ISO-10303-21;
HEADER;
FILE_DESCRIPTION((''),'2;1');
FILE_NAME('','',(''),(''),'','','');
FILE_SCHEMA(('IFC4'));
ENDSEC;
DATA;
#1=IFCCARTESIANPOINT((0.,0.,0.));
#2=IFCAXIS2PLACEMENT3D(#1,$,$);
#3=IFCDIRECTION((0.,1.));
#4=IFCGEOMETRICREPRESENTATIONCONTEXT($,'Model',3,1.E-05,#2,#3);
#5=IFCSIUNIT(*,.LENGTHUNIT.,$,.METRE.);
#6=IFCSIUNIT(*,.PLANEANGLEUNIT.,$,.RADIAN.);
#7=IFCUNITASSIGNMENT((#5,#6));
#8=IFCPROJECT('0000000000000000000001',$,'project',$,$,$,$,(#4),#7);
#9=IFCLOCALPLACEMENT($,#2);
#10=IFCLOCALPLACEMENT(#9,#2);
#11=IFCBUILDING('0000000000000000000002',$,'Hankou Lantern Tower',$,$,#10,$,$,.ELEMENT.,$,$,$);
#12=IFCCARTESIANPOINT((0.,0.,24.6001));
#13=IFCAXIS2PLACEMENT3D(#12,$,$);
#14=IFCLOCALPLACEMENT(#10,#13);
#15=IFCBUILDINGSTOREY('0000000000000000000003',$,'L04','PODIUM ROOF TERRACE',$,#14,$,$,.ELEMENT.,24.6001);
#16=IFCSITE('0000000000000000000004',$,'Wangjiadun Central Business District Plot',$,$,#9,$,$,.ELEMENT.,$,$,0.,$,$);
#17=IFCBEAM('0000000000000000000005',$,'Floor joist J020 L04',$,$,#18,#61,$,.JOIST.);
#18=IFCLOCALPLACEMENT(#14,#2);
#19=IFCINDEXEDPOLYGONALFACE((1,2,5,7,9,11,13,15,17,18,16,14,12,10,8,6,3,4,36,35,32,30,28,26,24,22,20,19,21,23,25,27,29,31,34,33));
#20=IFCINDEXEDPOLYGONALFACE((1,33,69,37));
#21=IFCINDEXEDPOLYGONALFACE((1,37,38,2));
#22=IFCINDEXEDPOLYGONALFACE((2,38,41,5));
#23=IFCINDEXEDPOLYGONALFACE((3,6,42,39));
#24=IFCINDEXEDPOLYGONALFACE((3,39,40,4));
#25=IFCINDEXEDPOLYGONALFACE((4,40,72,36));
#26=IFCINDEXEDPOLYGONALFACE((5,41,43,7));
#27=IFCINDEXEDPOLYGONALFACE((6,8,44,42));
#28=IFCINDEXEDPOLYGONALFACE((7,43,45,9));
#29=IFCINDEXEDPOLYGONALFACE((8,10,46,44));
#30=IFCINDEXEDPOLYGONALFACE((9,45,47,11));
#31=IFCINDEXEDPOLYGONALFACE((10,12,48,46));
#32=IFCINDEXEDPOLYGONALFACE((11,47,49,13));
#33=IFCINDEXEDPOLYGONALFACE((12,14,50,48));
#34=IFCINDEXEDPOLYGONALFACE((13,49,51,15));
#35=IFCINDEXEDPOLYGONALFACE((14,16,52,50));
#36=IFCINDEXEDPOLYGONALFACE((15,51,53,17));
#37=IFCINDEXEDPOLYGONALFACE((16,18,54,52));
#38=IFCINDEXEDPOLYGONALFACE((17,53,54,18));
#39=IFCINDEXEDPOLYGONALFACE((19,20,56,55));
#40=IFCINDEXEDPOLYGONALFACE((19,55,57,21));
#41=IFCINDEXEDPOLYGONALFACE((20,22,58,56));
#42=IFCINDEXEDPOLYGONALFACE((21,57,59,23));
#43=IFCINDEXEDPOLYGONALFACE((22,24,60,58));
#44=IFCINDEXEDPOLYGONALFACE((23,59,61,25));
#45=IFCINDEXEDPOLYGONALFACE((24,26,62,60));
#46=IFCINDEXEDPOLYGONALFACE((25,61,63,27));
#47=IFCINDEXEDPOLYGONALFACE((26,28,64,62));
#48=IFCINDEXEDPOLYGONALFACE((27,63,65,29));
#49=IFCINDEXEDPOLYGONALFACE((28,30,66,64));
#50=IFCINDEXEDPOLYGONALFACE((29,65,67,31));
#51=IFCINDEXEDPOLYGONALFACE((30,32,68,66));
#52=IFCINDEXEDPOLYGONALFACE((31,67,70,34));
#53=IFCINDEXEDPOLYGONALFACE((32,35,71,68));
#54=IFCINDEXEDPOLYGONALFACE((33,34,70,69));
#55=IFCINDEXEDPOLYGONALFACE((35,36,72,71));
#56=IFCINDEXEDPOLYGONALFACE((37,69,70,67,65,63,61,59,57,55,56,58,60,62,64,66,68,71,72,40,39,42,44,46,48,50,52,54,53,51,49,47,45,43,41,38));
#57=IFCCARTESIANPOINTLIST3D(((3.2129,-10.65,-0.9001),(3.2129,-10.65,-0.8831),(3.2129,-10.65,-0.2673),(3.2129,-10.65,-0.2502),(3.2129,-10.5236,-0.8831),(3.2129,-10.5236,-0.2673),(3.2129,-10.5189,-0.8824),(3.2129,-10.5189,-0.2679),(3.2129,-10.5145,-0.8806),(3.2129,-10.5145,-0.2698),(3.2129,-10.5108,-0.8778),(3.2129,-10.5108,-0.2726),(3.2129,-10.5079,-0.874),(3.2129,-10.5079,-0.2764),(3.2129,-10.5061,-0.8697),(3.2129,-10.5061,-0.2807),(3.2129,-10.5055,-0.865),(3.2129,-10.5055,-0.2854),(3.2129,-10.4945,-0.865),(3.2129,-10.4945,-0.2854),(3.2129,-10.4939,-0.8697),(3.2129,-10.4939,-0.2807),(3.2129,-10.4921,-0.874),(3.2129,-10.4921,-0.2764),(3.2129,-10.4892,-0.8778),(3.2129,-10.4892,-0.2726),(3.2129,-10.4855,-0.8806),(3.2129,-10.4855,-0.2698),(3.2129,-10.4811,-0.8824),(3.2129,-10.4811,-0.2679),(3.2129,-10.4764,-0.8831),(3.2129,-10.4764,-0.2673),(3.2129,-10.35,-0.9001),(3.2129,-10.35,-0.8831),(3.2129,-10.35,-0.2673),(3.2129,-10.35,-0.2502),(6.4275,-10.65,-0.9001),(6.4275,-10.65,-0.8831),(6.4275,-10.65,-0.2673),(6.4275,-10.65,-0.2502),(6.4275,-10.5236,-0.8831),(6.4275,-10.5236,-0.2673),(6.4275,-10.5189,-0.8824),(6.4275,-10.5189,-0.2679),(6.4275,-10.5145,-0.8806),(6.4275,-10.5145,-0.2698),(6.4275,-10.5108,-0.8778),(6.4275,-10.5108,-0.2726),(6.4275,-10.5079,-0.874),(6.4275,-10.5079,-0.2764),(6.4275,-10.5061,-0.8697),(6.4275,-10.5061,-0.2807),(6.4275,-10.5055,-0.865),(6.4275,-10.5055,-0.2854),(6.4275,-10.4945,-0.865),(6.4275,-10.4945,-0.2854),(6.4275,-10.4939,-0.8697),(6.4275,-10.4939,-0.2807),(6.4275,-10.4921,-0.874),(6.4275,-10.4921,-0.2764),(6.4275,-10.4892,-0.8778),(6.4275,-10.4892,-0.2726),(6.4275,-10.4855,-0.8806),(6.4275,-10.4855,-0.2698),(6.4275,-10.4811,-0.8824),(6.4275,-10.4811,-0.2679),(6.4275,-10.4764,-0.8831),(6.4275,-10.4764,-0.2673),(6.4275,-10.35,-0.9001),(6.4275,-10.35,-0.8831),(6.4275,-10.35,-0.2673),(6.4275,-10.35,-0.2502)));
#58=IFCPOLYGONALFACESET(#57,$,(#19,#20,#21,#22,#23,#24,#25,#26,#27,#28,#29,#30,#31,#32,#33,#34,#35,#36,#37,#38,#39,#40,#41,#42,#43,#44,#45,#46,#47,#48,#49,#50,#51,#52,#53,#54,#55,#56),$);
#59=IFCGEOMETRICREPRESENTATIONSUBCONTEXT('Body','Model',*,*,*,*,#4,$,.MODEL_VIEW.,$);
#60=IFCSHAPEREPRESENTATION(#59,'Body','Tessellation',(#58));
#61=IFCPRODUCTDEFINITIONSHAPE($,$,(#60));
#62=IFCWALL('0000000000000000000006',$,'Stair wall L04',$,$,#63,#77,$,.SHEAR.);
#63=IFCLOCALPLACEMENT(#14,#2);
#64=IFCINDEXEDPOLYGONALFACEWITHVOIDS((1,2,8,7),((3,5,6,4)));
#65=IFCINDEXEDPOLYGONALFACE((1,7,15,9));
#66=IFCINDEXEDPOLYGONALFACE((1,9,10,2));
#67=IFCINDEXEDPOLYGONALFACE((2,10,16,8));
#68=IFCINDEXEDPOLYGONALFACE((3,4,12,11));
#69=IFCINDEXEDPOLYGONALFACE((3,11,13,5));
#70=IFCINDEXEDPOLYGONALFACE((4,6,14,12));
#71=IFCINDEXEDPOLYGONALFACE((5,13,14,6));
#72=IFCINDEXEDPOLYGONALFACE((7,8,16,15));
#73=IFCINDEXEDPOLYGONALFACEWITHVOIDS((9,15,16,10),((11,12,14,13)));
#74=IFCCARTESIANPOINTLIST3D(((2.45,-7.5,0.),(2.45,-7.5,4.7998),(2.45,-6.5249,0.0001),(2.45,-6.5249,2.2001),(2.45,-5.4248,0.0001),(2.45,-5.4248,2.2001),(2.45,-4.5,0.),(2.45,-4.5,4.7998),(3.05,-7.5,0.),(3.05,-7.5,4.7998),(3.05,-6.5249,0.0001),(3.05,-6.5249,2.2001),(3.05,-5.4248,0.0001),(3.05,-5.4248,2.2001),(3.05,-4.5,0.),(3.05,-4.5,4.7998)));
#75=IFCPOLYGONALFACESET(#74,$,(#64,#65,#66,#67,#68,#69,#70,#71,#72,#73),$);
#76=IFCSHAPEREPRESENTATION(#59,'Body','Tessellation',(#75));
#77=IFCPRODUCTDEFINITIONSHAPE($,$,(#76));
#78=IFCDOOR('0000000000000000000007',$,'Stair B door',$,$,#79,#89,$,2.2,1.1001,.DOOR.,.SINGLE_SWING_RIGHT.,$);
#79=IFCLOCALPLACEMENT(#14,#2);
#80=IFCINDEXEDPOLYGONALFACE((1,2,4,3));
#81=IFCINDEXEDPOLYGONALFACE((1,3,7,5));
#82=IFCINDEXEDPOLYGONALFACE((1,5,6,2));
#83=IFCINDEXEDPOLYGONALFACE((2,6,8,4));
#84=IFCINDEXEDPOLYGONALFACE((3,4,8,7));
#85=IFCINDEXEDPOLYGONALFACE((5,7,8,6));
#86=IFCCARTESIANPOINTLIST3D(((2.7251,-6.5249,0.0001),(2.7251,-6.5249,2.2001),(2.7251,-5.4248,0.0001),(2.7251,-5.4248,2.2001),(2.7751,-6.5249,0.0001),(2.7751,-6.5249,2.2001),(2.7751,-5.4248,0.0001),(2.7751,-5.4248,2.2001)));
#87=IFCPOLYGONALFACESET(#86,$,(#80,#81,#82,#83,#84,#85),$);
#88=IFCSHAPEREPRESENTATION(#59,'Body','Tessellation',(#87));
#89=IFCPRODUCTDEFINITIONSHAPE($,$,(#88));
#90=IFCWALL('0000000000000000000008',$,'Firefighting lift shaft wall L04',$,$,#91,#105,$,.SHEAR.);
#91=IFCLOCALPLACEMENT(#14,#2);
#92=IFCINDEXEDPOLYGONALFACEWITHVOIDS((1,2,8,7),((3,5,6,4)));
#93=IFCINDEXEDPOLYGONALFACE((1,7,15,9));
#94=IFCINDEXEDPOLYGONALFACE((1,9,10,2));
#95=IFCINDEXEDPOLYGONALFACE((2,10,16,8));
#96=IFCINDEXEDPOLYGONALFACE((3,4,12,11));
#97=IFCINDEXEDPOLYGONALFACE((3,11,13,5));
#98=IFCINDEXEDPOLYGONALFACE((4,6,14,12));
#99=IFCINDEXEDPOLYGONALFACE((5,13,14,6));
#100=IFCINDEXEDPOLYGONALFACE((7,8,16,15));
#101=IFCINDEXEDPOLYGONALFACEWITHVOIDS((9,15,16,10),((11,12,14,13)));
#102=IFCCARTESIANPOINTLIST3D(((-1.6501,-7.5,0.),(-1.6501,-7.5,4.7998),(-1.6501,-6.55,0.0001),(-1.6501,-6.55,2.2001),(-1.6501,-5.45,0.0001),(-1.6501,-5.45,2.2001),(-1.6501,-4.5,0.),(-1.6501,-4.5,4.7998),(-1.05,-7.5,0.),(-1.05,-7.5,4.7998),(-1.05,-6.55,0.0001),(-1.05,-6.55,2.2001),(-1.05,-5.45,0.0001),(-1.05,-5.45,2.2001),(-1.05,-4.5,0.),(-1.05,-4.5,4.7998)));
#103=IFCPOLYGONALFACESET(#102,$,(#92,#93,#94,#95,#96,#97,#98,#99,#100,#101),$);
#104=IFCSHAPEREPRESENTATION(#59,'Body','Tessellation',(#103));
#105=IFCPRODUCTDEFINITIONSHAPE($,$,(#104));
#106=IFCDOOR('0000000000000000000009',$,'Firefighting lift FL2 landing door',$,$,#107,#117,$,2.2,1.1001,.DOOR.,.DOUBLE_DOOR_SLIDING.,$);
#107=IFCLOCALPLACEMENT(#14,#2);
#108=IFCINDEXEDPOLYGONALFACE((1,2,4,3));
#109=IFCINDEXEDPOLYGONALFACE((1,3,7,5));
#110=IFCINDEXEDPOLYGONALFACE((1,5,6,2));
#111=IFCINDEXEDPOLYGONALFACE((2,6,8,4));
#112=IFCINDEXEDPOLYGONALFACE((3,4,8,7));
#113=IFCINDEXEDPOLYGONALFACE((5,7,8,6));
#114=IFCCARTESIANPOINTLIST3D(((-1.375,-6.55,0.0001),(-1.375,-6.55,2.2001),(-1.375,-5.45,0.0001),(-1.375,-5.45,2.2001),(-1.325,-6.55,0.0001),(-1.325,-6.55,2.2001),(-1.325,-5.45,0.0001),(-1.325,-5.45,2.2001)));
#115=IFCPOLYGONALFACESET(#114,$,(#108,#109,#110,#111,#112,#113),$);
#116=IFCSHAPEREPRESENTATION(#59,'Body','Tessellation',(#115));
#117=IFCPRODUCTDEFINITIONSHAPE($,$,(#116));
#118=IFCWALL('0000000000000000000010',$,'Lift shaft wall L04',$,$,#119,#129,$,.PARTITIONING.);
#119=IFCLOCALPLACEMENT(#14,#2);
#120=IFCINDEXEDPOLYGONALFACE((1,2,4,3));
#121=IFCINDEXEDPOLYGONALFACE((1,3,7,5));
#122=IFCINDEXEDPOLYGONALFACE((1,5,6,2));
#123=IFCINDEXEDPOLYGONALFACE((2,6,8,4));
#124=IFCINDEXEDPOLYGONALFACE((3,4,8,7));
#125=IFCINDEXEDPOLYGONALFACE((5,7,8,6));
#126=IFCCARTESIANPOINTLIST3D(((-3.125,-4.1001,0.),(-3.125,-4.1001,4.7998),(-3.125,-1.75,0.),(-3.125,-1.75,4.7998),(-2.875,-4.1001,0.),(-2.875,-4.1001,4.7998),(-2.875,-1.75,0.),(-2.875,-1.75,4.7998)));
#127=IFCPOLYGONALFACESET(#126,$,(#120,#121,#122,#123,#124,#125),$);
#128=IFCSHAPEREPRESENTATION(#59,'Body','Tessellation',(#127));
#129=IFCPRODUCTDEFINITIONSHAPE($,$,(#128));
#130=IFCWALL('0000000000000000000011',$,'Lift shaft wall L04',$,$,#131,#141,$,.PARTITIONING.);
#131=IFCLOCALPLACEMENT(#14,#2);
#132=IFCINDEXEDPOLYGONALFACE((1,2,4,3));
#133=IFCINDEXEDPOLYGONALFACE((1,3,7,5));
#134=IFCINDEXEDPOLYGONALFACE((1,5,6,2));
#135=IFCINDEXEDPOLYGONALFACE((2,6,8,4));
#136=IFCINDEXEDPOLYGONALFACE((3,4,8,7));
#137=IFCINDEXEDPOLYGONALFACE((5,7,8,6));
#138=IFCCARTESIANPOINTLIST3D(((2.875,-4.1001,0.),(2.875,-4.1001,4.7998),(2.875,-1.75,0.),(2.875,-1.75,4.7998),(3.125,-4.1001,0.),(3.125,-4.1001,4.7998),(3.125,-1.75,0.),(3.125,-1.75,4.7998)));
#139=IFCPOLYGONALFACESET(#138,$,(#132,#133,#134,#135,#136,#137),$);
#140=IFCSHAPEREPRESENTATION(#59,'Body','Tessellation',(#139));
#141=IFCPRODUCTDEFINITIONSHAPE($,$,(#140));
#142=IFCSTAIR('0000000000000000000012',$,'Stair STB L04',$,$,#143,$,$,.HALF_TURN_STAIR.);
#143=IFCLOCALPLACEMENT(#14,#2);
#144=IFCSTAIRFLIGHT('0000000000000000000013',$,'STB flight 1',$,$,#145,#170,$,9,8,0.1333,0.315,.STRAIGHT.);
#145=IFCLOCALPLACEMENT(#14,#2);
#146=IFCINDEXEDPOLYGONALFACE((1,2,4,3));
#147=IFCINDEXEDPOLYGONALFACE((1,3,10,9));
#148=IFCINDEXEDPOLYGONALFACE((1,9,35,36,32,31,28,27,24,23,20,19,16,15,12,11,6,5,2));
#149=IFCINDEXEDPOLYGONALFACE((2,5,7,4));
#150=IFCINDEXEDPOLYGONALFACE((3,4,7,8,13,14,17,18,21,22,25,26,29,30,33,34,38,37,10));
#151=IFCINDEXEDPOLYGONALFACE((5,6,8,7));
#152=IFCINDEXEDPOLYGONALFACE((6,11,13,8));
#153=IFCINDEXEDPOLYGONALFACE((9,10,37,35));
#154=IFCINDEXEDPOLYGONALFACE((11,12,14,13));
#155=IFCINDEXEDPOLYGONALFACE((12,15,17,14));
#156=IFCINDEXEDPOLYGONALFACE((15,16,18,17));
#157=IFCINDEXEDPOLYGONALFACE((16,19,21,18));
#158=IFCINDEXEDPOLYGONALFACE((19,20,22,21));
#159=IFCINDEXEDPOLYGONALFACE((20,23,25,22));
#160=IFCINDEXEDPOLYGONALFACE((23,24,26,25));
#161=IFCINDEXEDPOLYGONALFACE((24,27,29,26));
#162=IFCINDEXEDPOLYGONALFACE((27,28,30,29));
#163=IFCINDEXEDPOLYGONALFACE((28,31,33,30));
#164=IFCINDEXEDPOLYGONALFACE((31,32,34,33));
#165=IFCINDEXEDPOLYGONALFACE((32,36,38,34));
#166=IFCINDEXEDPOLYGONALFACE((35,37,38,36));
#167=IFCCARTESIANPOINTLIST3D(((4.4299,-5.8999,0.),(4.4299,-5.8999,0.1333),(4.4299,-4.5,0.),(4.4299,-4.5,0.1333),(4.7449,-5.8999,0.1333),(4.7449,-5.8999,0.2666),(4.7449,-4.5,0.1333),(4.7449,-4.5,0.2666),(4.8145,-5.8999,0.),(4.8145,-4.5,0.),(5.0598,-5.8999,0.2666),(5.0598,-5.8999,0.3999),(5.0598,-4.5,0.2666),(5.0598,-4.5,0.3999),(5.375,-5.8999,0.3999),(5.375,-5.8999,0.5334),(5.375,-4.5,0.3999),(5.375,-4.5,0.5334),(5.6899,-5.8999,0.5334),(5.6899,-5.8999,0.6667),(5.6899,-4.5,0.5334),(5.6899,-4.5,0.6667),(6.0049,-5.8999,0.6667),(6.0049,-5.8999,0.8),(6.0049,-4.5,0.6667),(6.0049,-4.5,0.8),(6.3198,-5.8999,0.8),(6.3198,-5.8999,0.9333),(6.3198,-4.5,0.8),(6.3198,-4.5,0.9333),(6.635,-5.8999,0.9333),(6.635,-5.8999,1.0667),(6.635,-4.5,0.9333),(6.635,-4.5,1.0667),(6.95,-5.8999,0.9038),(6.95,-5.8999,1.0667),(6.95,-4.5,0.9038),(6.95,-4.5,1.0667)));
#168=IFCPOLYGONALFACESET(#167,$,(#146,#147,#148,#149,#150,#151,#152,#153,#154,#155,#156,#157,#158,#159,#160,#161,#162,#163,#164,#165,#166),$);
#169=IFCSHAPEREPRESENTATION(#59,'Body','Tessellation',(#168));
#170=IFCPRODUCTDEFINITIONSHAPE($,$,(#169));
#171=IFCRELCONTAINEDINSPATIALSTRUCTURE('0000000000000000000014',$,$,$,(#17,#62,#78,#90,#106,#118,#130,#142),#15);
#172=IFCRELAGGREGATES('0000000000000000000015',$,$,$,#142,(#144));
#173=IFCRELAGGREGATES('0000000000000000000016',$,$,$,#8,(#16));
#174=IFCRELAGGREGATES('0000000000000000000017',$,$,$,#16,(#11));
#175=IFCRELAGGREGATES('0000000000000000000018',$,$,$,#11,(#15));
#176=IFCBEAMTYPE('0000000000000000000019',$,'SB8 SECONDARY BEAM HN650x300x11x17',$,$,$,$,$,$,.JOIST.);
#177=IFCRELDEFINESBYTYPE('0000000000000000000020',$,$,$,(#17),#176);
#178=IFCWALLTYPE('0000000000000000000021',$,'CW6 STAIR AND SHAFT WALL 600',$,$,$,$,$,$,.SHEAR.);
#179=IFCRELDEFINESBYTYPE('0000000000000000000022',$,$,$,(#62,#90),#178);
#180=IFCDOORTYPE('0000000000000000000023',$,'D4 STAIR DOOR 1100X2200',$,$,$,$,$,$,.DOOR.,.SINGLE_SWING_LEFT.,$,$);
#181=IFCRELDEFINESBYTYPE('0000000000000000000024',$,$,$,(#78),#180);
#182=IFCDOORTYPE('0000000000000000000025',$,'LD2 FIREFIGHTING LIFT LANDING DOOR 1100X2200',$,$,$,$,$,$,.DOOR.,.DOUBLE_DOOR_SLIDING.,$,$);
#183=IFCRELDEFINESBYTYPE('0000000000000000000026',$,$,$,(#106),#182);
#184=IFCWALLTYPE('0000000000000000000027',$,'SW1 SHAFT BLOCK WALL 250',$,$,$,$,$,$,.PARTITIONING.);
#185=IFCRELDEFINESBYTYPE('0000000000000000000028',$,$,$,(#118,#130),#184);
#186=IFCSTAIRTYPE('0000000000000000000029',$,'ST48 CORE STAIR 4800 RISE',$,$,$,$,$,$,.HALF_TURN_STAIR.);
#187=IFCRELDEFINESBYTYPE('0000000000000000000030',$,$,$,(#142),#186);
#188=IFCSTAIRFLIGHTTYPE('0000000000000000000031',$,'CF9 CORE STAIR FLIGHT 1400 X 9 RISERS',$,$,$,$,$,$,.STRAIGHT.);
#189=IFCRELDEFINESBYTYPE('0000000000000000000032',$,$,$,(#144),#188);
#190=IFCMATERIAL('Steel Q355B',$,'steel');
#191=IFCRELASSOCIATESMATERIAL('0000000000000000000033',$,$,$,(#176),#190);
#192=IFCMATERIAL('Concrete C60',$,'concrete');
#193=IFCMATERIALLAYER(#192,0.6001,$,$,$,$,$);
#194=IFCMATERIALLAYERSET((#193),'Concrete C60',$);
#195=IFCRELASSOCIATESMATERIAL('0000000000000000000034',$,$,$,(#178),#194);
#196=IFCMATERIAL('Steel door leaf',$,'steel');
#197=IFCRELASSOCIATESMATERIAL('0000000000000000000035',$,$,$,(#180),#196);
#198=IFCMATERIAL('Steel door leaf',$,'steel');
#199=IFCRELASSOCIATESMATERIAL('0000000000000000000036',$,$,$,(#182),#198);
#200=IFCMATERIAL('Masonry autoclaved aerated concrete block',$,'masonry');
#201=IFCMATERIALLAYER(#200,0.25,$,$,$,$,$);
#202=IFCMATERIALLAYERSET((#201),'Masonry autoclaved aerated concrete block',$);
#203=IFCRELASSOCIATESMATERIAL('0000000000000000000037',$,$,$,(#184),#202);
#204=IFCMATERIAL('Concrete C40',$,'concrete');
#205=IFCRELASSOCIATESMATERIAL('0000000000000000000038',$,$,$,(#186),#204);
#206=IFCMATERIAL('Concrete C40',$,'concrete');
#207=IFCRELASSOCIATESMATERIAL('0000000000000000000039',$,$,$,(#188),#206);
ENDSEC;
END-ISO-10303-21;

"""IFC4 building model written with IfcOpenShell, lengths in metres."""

from ifc_helpers import new_model, si_unit, direction, frame, frame_2d, origin, origin_2d, place, context, subcontext, project, spatial, polyline, rectangle, i_section, outline, extrude, material, layer, layer_set, material_profile, profile_set, type_object, element, fill, aggregate, save


model = new_model("IFC4")

# Units and contexts
model_context = context("Model", 3, precision=1e-05, world=origin(), true_north=direction((0.0, 1.0)))
body_context = subcontext(model_context, "Body", "Model", "MODEL_VIEW")
ifc_project = project(units=[si_unit("LENGTHUNIT", "METRE"), si_unit("PLANEANGLEUNIT", "RADIAN")], contexts=[model_context])

# Site, building, storey
site_placement = place(None, origin())
site = spatial("IfcSite", under=ifc_project, at=site_placement, Name="Wangjiadun Central Business District Plot", CompositionType="ELEMENT", RefElevation=0.0)
building_placement = place(site_placement, origin())
building = spatial("IfcBuilding", under=site, at=building_placement, Name="Hankou Lantern Tower", CompositionType="ELEMENT")
storey_placement = place(building_placement, frame((0.0, 0.0, 24.6001)))
storey = spatial("IfcBuildingStorey", under=building, at=storey_placement, Name="L04", Description="PODIUM ROOF TERRACE", CompositionType="ELEMENT", Elevation=24.6001)

# Beam
ifc_material_1 = material(Name="Steel Q355B", Category="steel")
ifc_material_profile_1 = material_profile(ifc_material_1, i_section(OverallWidth=0.3, OverallDepth=0.6499, WebThickness=0.011, FlangeThickness=0.0171, FilletRadius=0.0181, at=origin_2d()), Name="HN650x300x11x17")
ifc_profile_set_1 = profile_set([ifc_material_profile_1], Name="Steel Q355B")
beam_type_1 = type_object("IfcBeamType", Name="SB8 SECONDARY BEAM HN650x300x11x17", PredefinedType="JOIST", material=ifc_profile_set_1)
beam_1_placement = place(storey_placement, frame((3.2129, -10.5, -0.5752), z_axis=(1.0, 0.0, 0.0), x_axis=(0.0, 1.0, 0.0)))
element("IfcBeam", 1, at=beam_1_placement, inside=storey, type_object=beam_type_1, Name="Floor joist J020 L04", PredefinedType="JOIST", context=body_context, shape_type="SweptSolid", body=[
    extrude(i_section(OverallWidth=0.3, OverallDepth=0.6499, WebThickness=0.011, FlangeThickness=0.0171, FilletRadius=0.0181, at=origin_2d()), origin(), (0.0, 0.0, 1.0), 3.2146),
])

# Walls, openings, doors
ifc_material_2 = material(Name="Concrete C60", Category="concrete")
ifc_layer_1 = layer(ifc_material_2, 0.6001)
ifc_layer_set_1 = layer_set([ifc_layer_1], Name="Concrete C60")
wall_type_1 = type_object("IfcWallType", Name="CW6 STAIR AND SHAFT WALL 600", PredefinedType="SHEAR", material=ifc_layer_set_1)
wall_1_placement = place(storey_placement, frame((2.75, -7.5, 0.0), z_axis=(0.0, 0.0, 1.0), x_axis=(0.0, 1.0, 0.0)))
wall_1 = element("IfcWall", 2, at=wall_1_placement, inside=storey, type_object=wall_type_1, Name="Stair wall L04", PredefinedType="SHEAR", context=body_context, shape_type="SweptSolid", body=[
    extrude(rectangle(XDim=3.0, YDim=0.6001, at=frame_2d((1.5, 0.0))), origin(), (0.0, 0.0, 1.0), 4.7998),
])
opening_1_placement = place(wall_1_placement, frame((0.9751, 0.0, 0.0)))
opening_1 = element("IfcOpeningElement", 3, at=opening_1_placement, cuts=wall_1, PredefinedType="OPENING", context=body_context, shape_type="SweptSolid", body=[
    extrude(rectangle(XDim=1.1001, YDim=2.2, at=frame_2d((0.55, 1.1001))), frame((0.0, 0.3101, 0.0), z_axis=(0.0, -1.0, 0.0), x_axis=(1.0, 0.0, 0.0)), (0.0, 0.0, 1.0), 0.6201),
])
ifc_material_3 = material(Name="Steel door leaf", Category="steel")
door_type_1 = type_object("IfcDoorType", Name="D4 STAIR DOOR 1100X2200", OperationType="SINGLE_SWING_LEFT", PredefinedType="DOOR", material=ifc_material_3)
door_1_placement = place(opening_1_placement, origin())
door_1 = element("IfcDoor", 4, at=door_1_placement, inside=storey, type_object=door_type_1, Name="Stair B door", OperationType="SINGLE_SWING_RIGHT", OverallHeight=2.2, OverallWidth=1.1001, PredefinedType="DOOR", context=body_context, shape_type="SweptSolid", body=[
    extrude(rectangle(XDim=1.1001, YDim=2.2, at=frame_2d((0.55, 1.1001))), frame((0.0, 0.0249, 0.0), z_axis=(0.0, -1.0, 0.0), x_axis=(1.0, 0.0, 0.0)), (0.0, 0.0, 1.0), 0.05),
])
fill(opening_1, door_1)
wall_2_placement = place(storey_placement, frame((-1.3501, -7.5, 0.0), z_axis=(0.0, 0.0, 1.0), x_axis=(0.0, 1.0, 0.0)))
wall_2 = element("IfcWall", 5, at=wall_2_placement, inside=storey, type_object=wall_type_1, Name="Firefighting lift shaft wall L04", PredefinedType="SHEAR", context=body_context, shape_type="SweptSolid", body=[
    extrude(rectangle(XDim=3.0, YDim=0.6001, at=frame_2d((1.5, 0.0))), origin(), (0.0, 0.0, 1.0), 4.7998),
])
opening_2_placement = place(wall_2_placement, frame((0.95, 0.0, 0.0)))
opening_2 = element("IfcOpeningElement", 6, at=opening_2_placement, cuts=wall_2, PredefinedType="OPENING", context=body_context, shape_type="SweptSolid", body=[
    extrude(rectangle(XDim=1.1001, YDim=2.2, at=frame_2d((0.55, 1.1001))), frame((0.0, 0.3101, 0.0), z_axis=(0.0, -1.0, 0.0), x_axis=(1.0, 0.0, 0.0)), (0.0, 0.0, 1.0), 0.6201),
])
ifc_material_4 = material(Name="Steel door leaf", Category="steel")
door_type_2 = type_object("IfcDoorType", Name="LD2 FIREFIGHTING LIFT LANDING DOOR 1100X2200", OperationType="DOUBLE_DOOR_SLIDING", PredefinedType="DOOR", material=ifc_material_4)
door_2_placement = place(opening_2_placement, origin())
door_2 = element("IfcDoor", 7, at=door_2_placement, inside=storey, type_object=door_type_2, Name="Firefighting lift FL2 landing door", OperationType="DOUBLE_DOOR_SLIDING", OverallHeight=2.2, OverallWidth=1.1001, PredefinedType="DOOR", context=body_context, shape_type="SweptSolid", body=[
    extrude(rectangle(XDim=1.1001, YDim=2.2, at=frame_2d((0.55, 1.1001))), frame((0.0, 0.0249, 0.0), z_axis=(0.0, -1.0, 0.0), x_axis=(1.0, 0.0, 0.0)), (0.0, 0.0, 1.0), 0.05),
])
fill(opening_2, door_2)

# Walls
ifc_material_5 = material(Name="Masonry autoclaved aerated concrete block", Category="masonry")
ifc_layer_2 = layer(ifc_material_5, 0.25)
ifc_layer_set_2 = layer_set([ifc_layer_2], Name="Masonry autoclaved aerated concrete block")
wall_type_2 = type_object("IfcWallType", Name="SW1 SHAFT BLOCK WALL 250", PredefinedType="PARTITIONING", material=ifc_layer_set_2)
for number, where, z_axis, x_axis, name in (
    (8, (-3.0, -4.1001, 0.0), (0.0, 0.0, 1.0), (0.0, 1.0, 0.0), "Lift shaft wall L04"),
    (9, (3.0, -4.1001, 0.0), (0.0, 0.0, 1.0), (0.0, 1.0, 0.0), "Lift shaft wall L04"),
):
    element("IfcWall", number, at=place(storey_placement, frame(where, z_axis=z_axis, x_axis=x_axis)), inside=storey, type_object=wall_type_2, Name=name, PredefinedType="PARTITIONING", context=body_context, shape_type="SweptSolid", body=[
        extrude(rectangle(XDim=2.3501, YDim=0.25, at=frame_2d((1.175, 0.0))), origin(), (0.0, 0.0, 1.0), 4.7998),
    ])

# Stair, stair flight
ifc_material_6 = material(Name="Concrete C40", Category="concrete")
stair_type = type_object("IfcStairType", Name="ST48 CORE STAIR 4800 RISE", PredefinedType="HALF_TURN_STAIR", material=ifc_material_6)
stair_placement = place(storey_placement, origin())
stair = element("IfcStair", 10, at=stair_placement, inside=storey, type_object=stair_type, Name="Stair STB L04", PredefinedType="HALF_TURN_STAIR")
ifc_material_7 = material(Name="Concrete C40", Category="concrete")
stair_flight_type = type_object("IfcStairFlightType", Name="CF9 CORE STAIR FLIGHT 1400 X 9 RISERS", PredefinedType="STRAIGHT", material=ifc_material_7)
stair_flight_1_placement = place(storey_placement, frame((4.4299, -5.2, 0.0), z_axis=(0.0, 0.0, 1.0), x_axis=(1.0, 0.0, 0.0)))
stair_flight_1 = element("IfcStairFlight", 11, at=stair_flight_1_placement, type_object=stair_flight_type, Name="STB flight 1", NumberOfRisers=9, NumberOfTreads=8, PredefinedType="STRAIGHT", RiserHeight=0.1333, TreadLength=0.315, context=body_context, shape_type="SweptSolid", body=[
    extrude(outline(polyline([(0.0, 0.0), (0.0, 0.1333), (0.3149, 0.1333), (0.3149, 0.2666), (0.6299, 0.2666), (0.6299, 0.3999), (0.9451, 0.3999), (0.9451, 0.5334), (1.26, 0.5334), (1.26, 0.6667), (1.575, 0.6667), (1.575, 0.8), (1.8899, 0.8), (1.8899, 0.9333), (2.2051, 0.9333), (2.2051, 1.0667), (2.52, 1.0667), (2.52, 1.2), (2.52, 0.9038), (0.3845, 0.0), (0.0, 0.0)])), frame((0.0, 0.7, 0.0), z_axis=(0.0, -1.0, 0.0), x_axis=(1.0, 0.0, 0.0)), (0.0, 0.0, 1.0), 1.3999),
])
aggregate(stair, [stair_flight_1])

save(model, "model.ifc")
